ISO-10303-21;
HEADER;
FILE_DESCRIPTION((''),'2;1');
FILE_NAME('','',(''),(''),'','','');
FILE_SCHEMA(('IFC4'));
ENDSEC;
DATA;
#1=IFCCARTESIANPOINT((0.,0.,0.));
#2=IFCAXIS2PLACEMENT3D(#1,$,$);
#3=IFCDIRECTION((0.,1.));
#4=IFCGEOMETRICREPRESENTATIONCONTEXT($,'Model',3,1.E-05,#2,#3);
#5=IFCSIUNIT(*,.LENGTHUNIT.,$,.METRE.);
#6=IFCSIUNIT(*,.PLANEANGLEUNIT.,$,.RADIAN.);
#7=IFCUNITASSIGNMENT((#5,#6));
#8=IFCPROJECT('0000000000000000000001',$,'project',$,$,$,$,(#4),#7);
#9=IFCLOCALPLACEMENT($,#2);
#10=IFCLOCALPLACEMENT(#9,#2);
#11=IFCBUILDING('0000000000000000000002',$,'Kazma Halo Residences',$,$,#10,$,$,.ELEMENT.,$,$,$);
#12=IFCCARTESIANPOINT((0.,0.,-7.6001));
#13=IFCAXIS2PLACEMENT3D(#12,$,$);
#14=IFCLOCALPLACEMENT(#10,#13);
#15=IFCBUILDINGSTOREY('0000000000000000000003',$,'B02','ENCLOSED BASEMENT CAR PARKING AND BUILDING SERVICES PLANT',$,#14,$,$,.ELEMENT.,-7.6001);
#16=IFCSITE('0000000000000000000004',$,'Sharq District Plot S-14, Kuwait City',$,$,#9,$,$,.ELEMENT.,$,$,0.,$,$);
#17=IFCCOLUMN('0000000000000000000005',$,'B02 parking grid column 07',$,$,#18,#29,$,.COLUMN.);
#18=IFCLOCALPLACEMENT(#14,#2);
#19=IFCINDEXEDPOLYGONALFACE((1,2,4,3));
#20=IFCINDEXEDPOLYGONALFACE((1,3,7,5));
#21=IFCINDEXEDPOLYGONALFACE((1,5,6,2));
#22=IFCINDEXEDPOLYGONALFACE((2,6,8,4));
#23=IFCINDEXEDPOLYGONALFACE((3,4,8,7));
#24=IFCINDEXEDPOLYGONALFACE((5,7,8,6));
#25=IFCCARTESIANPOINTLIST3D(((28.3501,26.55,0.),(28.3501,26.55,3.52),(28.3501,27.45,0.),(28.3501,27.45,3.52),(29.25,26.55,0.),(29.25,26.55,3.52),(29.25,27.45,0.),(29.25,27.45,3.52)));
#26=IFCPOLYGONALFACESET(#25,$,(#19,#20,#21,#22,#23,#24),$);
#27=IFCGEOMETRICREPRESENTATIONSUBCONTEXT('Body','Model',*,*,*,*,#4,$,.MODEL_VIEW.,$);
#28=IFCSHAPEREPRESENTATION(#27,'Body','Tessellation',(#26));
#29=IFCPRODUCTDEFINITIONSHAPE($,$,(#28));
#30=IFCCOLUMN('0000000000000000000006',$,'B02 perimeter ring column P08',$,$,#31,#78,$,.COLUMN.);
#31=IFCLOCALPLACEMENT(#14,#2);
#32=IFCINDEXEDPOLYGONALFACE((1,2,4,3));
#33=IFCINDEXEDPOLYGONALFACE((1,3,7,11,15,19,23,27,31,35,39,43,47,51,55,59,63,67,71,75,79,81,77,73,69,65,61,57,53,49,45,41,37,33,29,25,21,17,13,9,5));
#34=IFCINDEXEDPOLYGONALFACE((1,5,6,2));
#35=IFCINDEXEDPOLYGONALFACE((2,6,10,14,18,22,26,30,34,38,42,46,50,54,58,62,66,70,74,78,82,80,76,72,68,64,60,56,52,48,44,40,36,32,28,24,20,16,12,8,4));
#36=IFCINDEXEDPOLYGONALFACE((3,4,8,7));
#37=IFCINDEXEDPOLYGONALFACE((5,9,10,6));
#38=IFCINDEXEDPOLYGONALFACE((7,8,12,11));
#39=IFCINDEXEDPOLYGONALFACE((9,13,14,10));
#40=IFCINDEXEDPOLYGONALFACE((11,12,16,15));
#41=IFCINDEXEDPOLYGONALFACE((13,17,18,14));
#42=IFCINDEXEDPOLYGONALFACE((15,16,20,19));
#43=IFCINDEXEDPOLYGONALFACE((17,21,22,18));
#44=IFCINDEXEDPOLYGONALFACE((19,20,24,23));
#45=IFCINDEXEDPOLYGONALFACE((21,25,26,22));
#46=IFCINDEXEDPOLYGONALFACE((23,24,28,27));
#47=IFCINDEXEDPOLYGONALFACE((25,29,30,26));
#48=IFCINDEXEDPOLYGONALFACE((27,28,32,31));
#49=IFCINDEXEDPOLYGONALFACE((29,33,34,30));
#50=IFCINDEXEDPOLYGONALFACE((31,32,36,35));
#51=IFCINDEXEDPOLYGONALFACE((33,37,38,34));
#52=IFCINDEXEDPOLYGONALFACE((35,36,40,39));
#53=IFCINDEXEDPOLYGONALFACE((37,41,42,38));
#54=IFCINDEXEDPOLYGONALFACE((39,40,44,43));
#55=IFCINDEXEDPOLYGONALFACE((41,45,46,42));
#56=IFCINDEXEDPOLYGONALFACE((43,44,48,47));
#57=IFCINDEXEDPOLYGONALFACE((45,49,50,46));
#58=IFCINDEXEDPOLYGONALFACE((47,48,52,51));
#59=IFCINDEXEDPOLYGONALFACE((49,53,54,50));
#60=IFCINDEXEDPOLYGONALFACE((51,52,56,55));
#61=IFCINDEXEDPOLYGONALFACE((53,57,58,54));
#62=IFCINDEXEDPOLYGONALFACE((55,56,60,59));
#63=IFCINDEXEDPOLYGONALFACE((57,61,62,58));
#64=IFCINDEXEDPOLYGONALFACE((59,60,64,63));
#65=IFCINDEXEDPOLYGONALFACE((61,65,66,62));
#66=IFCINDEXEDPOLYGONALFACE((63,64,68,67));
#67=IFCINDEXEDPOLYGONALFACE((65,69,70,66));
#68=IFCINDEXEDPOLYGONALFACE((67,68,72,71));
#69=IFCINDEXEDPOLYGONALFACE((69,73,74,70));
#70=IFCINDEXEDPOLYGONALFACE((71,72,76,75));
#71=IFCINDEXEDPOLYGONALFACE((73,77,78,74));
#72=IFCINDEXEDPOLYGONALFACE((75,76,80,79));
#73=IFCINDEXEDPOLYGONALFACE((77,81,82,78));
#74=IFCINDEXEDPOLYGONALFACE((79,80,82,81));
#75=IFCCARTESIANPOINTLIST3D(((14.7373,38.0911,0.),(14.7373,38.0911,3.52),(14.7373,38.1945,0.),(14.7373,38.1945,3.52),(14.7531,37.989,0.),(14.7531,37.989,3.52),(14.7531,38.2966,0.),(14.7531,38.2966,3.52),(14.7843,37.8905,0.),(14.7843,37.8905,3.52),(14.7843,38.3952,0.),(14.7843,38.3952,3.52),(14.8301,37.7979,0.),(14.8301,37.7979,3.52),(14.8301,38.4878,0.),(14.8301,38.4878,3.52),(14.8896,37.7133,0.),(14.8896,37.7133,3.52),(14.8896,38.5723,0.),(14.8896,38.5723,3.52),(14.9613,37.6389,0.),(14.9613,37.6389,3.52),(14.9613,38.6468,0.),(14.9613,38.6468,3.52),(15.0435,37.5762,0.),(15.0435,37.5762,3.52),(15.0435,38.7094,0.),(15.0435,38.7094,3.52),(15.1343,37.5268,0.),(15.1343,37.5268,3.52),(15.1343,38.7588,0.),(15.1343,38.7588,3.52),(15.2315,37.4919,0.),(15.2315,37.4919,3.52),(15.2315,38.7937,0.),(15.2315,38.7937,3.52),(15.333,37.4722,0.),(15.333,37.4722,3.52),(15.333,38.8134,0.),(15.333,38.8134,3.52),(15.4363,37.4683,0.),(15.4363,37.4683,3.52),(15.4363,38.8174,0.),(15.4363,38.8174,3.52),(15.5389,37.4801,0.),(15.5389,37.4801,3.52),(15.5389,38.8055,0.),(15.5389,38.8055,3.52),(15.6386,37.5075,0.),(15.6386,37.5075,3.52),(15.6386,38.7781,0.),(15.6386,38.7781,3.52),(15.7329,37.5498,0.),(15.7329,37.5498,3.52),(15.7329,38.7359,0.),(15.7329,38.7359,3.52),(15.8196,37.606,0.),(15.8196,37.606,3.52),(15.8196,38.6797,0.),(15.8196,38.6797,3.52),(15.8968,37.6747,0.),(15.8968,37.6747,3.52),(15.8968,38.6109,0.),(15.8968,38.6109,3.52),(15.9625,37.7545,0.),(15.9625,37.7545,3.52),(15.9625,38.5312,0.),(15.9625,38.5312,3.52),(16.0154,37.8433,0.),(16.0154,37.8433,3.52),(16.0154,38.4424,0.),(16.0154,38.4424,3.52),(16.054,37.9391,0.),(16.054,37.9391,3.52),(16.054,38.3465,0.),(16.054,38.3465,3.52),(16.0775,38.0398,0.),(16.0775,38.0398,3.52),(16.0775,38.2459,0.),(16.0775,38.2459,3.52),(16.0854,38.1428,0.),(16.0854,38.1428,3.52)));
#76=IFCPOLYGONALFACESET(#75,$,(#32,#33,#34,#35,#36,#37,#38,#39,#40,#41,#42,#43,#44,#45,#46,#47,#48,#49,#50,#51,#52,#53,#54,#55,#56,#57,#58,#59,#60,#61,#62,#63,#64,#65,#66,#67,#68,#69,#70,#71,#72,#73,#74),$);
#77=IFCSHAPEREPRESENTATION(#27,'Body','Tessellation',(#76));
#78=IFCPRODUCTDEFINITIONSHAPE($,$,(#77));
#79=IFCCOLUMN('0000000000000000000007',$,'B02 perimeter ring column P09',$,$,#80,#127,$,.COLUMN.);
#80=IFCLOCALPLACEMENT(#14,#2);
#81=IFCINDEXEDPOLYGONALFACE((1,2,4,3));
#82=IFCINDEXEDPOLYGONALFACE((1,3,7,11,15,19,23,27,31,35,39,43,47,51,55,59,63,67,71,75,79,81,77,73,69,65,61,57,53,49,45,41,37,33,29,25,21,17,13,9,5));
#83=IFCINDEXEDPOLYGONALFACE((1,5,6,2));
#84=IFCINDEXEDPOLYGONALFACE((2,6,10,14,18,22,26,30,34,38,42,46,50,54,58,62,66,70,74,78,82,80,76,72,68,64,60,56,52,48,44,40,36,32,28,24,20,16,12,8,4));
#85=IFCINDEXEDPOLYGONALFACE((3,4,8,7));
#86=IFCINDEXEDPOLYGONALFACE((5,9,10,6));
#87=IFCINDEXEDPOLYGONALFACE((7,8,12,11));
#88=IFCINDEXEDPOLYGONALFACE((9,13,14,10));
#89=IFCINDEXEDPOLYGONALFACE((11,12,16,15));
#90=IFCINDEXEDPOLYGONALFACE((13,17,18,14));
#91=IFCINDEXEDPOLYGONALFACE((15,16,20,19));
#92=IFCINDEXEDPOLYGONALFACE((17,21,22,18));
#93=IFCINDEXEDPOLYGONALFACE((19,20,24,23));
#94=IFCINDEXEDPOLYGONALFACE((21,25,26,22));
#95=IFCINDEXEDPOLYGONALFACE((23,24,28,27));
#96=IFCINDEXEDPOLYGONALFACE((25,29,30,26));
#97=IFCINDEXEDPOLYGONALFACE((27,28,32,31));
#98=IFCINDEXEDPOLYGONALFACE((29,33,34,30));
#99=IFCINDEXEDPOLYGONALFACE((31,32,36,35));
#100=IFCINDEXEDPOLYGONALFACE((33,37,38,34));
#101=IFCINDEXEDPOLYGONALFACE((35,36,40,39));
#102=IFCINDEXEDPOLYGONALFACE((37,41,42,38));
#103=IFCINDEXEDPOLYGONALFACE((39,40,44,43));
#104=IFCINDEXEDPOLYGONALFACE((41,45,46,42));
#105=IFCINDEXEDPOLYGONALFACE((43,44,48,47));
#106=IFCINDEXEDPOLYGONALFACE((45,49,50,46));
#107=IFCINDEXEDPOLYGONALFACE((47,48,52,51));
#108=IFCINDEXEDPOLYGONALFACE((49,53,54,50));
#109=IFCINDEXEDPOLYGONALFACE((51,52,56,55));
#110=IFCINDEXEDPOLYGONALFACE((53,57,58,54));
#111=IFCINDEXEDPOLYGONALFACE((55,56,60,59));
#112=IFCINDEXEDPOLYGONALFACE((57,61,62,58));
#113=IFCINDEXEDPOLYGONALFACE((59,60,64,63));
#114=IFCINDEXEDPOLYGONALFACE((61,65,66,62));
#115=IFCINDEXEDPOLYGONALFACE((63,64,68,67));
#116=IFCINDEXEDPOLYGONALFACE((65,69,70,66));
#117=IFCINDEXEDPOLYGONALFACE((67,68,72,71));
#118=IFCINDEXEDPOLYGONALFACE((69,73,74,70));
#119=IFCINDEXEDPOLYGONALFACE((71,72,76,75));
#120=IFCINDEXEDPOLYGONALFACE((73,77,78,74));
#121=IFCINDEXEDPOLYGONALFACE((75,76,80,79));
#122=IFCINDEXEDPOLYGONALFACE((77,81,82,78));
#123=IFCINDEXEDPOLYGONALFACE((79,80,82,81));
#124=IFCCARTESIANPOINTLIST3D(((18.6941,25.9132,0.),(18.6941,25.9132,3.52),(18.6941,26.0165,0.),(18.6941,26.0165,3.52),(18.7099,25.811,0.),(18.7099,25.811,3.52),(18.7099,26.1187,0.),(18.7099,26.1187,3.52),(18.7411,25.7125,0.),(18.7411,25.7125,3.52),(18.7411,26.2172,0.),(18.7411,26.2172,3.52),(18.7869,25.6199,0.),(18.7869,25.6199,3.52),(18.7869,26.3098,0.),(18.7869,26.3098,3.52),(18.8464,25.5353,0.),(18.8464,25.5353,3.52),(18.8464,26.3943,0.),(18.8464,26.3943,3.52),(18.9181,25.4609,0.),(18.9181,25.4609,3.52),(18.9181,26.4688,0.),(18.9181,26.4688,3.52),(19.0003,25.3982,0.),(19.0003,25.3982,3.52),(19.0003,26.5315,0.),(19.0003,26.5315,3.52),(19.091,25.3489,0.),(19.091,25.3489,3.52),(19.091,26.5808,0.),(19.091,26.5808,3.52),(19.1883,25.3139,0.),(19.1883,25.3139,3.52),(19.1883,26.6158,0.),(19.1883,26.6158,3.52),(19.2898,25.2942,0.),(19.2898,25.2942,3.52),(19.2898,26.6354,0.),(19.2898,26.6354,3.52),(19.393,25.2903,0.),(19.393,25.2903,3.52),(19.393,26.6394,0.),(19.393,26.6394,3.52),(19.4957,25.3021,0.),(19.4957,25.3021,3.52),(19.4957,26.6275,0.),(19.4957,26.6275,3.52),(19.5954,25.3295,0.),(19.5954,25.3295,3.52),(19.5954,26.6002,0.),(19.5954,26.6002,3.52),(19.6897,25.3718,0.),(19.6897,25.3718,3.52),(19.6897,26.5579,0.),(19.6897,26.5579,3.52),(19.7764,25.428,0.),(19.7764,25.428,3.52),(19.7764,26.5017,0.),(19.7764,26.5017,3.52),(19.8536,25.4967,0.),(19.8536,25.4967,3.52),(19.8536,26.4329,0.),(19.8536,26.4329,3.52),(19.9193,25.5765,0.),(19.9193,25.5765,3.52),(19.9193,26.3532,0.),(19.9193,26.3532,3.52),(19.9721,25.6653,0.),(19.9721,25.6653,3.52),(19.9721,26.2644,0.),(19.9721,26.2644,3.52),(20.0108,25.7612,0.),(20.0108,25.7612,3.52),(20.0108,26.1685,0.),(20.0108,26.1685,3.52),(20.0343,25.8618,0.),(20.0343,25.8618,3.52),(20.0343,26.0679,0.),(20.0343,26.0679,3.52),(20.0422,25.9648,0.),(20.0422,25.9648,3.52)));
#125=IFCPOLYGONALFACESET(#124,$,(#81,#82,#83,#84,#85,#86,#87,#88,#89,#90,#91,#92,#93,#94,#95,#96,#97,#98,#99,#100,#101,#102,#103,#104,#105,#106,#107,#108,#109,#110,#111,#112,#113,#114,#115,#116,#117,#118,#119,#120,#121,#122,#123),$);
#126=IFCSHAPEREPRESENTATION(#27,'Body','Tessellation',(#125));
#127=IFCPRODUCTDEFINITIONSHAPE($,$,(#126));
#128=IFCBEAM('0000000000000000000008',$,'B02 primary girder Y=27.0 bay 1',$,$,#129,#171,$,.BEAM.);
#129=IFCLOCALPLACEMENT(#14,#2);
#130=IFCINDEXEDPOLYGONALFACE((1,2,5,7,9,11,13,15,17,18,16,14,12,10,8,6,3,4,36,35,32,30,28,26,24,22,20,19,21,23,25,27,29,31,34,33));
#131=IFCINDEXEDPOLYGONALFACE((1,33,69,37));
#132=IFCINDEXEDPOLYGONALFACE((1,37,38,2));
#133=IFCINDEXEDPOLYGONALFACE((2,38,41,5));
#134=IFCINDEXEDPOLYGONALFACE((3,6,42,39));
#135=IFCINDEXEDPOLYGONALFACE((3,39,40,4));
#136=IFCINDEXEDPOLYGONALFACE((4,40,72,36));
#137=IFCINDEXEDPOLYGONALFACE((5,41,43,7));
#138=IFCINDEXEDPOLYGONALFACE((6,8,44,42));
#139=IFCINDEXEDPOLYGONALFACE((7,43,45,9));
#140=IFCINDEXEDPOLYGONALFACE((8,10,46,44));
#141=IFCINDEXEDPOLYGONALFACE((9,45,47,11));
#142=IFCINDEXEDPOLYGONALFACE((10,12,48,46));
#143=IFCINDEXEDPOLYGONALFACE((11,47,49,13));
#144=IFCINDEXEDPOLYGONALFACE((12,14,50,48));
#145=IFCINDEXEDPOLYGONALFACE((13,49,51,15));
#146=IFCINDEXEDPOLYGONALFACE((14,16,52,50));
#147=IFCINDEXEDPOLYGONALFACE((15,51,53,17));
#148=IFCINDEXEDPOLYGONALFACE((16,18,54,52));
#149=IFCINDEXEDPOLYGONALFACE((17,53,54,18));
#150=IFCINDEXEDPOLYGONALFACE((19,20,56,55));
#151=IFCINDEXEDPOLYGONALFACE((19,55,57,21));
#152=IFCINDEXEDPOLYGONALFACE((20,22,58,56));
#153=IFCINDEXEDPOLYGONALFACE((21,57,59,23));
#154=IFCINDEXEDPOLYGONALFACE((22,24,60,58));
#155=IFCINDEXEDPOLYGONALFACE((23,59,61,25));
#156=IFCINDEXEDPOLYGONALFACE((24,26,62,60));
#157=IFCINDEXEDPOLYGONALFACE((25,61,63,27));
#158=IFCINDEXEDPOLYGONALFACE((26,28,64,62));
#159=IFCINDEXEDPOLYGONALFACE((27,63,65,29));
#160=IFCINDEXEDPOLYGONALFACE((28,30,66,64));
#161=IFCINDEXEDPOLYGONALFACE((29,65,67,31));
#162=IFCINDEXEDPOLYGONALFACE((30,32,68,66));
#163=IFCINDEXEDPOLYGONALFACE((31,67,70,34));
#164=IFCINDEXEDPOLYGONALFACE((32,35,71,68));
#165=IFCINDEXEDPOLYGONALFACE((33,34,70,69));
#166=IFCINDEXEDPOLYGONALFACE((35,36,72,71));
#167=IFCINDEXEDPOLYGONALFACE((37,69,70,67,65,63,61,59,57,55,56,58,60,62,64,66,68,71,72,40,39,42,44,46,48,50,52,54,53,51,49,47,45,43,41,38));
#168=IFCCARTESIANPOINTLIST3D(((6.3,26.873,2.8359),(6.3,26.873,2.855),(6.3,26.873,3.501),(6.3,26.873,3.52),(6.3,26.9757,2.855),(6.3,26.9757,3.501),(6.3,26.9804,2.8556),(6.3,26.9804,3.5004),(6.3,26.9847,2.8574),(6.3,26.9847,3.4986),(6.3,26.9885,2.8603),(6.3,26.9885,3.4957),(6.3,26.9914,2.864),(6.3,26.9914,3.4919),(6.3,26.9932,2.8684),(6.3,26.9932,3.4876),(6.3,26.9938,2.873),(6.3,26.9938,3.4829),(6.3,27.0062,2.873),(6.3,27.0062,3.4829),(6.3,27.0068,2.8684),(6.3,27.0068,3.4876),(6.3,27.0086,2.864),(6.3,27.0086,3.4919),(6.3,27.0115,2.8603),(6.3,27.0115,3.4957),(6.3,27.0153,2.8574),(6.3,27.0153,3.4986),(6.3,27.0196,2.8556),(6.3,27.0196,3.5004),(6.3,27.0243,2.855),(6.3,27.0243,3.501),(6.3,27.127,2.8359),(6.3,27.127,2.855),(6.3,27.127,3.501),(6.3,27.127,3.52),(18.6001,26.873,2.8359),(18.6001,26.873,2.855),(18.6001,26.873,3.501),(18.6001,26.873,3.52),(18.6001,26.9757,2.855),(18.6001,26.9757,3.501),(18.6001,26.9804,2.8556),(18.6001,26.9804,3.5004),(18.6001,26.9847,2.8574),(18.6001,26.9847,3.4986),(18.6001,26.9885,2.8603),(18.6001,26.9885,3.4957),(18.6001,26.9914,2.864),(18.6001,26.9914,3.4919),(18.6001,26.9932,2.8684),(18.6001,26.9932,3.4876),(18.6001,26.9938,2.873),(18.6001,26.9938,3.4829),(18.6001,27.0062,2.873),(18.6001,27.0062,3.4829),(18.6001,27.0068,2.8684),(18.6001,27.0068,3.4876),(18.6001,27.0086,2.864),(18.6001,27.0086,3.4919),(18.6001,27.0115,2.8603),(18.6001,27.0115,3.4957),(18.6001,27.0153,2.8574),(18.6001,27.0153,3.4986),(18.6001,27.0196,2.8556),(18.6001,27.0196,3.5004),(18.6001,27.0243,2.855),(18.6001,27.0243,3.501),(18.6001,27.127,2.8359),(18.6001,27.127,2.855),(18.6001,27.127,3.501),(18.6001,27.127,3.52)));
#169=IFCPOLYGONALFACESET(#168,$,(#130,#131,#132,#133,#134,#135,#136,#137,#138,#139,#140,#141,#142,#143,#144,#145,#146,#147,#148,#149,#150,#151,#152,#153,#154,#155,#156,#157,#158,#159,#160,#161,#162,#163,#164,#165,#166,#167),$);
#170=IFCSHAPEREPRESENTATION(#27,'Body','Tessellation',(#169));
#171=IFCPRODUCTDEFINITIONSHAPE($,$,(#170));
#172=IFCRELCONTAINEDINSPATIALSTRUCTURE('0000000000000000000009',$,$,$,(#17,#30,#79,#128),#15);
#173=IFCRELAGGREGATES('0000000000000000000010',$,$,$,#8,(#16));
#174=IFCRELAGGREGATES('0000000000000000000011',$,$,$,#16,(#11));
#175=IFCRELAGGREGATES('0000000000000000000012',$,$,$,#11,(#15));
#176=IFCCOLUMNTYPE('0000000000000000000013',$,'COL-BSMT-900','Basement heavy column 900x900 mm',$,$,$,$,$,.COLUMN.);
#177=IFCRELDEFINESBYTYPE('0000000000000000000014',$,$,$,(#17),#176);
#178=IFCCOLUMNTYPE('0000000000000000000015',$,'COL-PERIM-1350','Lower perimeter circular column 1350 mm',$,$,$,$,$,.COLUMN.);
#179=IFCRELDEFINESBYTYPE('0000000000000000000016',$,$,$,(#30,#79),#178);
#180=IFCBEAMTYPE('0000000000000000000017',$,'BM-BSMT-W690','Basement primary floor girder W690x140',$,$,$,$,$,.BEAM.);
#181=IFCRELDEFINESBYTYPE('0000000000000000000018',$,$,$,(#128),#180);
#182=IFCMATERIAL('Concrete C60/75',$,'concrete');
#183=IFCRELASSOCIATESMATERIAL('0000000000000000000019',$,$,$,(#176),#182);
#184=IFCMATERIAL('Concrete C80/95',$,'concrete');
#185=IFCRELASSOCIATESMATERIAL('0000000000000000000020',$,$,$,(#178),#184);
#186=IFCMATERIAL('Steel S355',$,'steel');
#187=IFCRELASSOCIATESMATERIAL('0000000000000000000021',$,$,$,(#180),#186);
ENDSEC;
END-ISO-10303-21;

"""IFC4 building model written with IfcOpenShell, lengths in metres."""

from ifc_helpers import new_model, si_unit, direction, frame, origin, origin_2d, place, context, subcontext, project, spatial, rectangle, circle, i_section, extrude, material, material_profile, profile_set, type_object, element, save


model = new_model("IFC4")

# Units and contexts
model_context = context("Model", 3, precision=1e-05, world=origin(), true_north=direction((0.0, 1.0)))
body_context = subcontext(model_context, "Body", "Model", "MODEL_VIEW")
ifc_project = project(units=[si_unit("LENGTHUNIT", "METRE"), si_unit("PLANEANGLEUNIT", "RADIAN")], contexts=[model_context])

# Site, building, storey
site_placement = place(None, origin())
site = spatial("IfcSite", under=ifc_project, at=site_placement, Name="Sharq District Plot S-14, Kuwait City", CompositionType="ELEMENT", RefElevation=0.0)
building_placement = place(site_placement, origin())
building = spatial("IfcBuilding", under=site, at=building_placement, Name="Kazma Halo Residences", CompositionType="ELEMENT")
storey_placement = place(building_placement, frame((0.0, 0.0, -7.6001)))
storey = spatial("IfcBuildingStorey", under=building, at=storey_placement, Name="B02", Description="ENCLOSED BASEMENT CAR PARKING AND BUILDING SERVICES PLANT", CompositionType="ELEMENT", Elevation=-7.6001)

# Shared definitions
ifc_material_1 = material(Name="Concrete C60/75", Category="concrete")

# Columns
ifc_material_profile_1 = material_profile(ifc_material_1, rectangle(XDim=0.8999, YDim=0.8999, at=origin_2d()), Name="RECT900x900")
ifc_profile_set_1 = profile_set([ifc_material_profile_1], Name="Concrete C60/75")
column_type_1 = type_object("IfcColumnType", Name="COL-BSMT-900", Description="Basement heavy column 900x900 mm", PredefinedType="COLUMN", material=ifc_profile_set_1)
column_placement = place(storey_placement, frame((28.8, 27.0, 0.0), z_axis=(0.0, 0.0, 1.0), x_axis=(1.0, 0.0, 0.0)))
element("IfcColumn", 1, at=column_placement, inside=storey, type_object=column_type_1, Name="B02 parking grid column 07", PredefinedType="COLUMN", context=body_context, shape_type="SweptSolid", body=[
    extrude(rectangle(XDim=0.8999, YDim=0.8999, at=origin_2d()), origin(), (0.0, 0.0, 1.0), 3.52),
])
ifc_material_2 = material(Name="Concrete C80/95", Category="concrete")
ifc_material_profile_2 = material_profile(ifc_material_2, circle(Radius=0.675, at=origin_2d()), Name="CIRC1350")
ifc_profile_set_2 = profile_set([ifc_material_profile_2], Name="Concrete C80/95")
column_type_2 = type_object("IfcColumnType", Name="COL-PERIM-1350", Description="Lower perimeter circular column 1350 mm", PredefinedType="COLUMN", material=ifc_profile_set_2)
for number, where, z_axis, x_axis, name in (
    (2, (15.4104, 38.1428, 0.0), (0.0, 0.0, 1.0), (1.0, 0.0, 0.0), "B02 perimeter ring column P08"),
    (3, (19.3672, 25.9648, 0.0), (0.0, 0.0, 1.0), (1.0, 0.0, 0.0), "B02 perimeter ring column P09"),
):
    element("IfcColumn", number, at=place(storey_placement, frame(where, z_axis=z_axis, x_axis=x_axis)), inside=storey, type_object=column_type_2, Name=name, PredefinedType="COLUMN", context=body_context, shape_type="SweptSolid", body=[
        extrude(circle(Radius=0.675, at=origin_2d()), origin(), (0.0, 0.0, 1.0), 3.52),
    ])

# Beam
ifc_material_3 = material(Name="Steel S355", Category="steel")
ifc_material_profile_3 = material_profile(ifc_material_3, i_section(OverallWidth=0.2539, OverallDepth=0.6841, WebThickness=0.0125, FlangeThickness=0.019, FilletRadius=0.0181, at=origin_2d()), Name="W690x140")
ifc_profile_set_3 = profile_set([ifc_material_profile_3], Name="Steel S355")
beam_type_1 = type_object("IfcBeamType", Name="BM-BSMT-W690", Description="Basement primary floor girder W690x140", PredefinedType="BEAM", material=ifc_profile_set_3)
beam_1_placement = place(storey_placement, frame((6.3, 27.0, 3.178), z_axis=(1.0, 0.0, 0.0), x_axis=(0.0, 1.0, 0.0)))
element("IfcBeam", 4, at=beam_1_placement, inside=storey, type_object=beam_type_1, Name="B02 primary girder Y=27.0 bay 1", PredefinedType="BEAM", context=body_context, shape_type="SweptSolid", body=[
    extrude(i_section(OverallWidth=0.2539, OverallDepth=0.6841, WebThickness=0.0125, FlangeThickness=0.019, FilletRadius=0.0181, at=origin_2d()), origin(), (0.0, 0.0, 1.0), 12.3),
])

save(model, "model.ifc")
